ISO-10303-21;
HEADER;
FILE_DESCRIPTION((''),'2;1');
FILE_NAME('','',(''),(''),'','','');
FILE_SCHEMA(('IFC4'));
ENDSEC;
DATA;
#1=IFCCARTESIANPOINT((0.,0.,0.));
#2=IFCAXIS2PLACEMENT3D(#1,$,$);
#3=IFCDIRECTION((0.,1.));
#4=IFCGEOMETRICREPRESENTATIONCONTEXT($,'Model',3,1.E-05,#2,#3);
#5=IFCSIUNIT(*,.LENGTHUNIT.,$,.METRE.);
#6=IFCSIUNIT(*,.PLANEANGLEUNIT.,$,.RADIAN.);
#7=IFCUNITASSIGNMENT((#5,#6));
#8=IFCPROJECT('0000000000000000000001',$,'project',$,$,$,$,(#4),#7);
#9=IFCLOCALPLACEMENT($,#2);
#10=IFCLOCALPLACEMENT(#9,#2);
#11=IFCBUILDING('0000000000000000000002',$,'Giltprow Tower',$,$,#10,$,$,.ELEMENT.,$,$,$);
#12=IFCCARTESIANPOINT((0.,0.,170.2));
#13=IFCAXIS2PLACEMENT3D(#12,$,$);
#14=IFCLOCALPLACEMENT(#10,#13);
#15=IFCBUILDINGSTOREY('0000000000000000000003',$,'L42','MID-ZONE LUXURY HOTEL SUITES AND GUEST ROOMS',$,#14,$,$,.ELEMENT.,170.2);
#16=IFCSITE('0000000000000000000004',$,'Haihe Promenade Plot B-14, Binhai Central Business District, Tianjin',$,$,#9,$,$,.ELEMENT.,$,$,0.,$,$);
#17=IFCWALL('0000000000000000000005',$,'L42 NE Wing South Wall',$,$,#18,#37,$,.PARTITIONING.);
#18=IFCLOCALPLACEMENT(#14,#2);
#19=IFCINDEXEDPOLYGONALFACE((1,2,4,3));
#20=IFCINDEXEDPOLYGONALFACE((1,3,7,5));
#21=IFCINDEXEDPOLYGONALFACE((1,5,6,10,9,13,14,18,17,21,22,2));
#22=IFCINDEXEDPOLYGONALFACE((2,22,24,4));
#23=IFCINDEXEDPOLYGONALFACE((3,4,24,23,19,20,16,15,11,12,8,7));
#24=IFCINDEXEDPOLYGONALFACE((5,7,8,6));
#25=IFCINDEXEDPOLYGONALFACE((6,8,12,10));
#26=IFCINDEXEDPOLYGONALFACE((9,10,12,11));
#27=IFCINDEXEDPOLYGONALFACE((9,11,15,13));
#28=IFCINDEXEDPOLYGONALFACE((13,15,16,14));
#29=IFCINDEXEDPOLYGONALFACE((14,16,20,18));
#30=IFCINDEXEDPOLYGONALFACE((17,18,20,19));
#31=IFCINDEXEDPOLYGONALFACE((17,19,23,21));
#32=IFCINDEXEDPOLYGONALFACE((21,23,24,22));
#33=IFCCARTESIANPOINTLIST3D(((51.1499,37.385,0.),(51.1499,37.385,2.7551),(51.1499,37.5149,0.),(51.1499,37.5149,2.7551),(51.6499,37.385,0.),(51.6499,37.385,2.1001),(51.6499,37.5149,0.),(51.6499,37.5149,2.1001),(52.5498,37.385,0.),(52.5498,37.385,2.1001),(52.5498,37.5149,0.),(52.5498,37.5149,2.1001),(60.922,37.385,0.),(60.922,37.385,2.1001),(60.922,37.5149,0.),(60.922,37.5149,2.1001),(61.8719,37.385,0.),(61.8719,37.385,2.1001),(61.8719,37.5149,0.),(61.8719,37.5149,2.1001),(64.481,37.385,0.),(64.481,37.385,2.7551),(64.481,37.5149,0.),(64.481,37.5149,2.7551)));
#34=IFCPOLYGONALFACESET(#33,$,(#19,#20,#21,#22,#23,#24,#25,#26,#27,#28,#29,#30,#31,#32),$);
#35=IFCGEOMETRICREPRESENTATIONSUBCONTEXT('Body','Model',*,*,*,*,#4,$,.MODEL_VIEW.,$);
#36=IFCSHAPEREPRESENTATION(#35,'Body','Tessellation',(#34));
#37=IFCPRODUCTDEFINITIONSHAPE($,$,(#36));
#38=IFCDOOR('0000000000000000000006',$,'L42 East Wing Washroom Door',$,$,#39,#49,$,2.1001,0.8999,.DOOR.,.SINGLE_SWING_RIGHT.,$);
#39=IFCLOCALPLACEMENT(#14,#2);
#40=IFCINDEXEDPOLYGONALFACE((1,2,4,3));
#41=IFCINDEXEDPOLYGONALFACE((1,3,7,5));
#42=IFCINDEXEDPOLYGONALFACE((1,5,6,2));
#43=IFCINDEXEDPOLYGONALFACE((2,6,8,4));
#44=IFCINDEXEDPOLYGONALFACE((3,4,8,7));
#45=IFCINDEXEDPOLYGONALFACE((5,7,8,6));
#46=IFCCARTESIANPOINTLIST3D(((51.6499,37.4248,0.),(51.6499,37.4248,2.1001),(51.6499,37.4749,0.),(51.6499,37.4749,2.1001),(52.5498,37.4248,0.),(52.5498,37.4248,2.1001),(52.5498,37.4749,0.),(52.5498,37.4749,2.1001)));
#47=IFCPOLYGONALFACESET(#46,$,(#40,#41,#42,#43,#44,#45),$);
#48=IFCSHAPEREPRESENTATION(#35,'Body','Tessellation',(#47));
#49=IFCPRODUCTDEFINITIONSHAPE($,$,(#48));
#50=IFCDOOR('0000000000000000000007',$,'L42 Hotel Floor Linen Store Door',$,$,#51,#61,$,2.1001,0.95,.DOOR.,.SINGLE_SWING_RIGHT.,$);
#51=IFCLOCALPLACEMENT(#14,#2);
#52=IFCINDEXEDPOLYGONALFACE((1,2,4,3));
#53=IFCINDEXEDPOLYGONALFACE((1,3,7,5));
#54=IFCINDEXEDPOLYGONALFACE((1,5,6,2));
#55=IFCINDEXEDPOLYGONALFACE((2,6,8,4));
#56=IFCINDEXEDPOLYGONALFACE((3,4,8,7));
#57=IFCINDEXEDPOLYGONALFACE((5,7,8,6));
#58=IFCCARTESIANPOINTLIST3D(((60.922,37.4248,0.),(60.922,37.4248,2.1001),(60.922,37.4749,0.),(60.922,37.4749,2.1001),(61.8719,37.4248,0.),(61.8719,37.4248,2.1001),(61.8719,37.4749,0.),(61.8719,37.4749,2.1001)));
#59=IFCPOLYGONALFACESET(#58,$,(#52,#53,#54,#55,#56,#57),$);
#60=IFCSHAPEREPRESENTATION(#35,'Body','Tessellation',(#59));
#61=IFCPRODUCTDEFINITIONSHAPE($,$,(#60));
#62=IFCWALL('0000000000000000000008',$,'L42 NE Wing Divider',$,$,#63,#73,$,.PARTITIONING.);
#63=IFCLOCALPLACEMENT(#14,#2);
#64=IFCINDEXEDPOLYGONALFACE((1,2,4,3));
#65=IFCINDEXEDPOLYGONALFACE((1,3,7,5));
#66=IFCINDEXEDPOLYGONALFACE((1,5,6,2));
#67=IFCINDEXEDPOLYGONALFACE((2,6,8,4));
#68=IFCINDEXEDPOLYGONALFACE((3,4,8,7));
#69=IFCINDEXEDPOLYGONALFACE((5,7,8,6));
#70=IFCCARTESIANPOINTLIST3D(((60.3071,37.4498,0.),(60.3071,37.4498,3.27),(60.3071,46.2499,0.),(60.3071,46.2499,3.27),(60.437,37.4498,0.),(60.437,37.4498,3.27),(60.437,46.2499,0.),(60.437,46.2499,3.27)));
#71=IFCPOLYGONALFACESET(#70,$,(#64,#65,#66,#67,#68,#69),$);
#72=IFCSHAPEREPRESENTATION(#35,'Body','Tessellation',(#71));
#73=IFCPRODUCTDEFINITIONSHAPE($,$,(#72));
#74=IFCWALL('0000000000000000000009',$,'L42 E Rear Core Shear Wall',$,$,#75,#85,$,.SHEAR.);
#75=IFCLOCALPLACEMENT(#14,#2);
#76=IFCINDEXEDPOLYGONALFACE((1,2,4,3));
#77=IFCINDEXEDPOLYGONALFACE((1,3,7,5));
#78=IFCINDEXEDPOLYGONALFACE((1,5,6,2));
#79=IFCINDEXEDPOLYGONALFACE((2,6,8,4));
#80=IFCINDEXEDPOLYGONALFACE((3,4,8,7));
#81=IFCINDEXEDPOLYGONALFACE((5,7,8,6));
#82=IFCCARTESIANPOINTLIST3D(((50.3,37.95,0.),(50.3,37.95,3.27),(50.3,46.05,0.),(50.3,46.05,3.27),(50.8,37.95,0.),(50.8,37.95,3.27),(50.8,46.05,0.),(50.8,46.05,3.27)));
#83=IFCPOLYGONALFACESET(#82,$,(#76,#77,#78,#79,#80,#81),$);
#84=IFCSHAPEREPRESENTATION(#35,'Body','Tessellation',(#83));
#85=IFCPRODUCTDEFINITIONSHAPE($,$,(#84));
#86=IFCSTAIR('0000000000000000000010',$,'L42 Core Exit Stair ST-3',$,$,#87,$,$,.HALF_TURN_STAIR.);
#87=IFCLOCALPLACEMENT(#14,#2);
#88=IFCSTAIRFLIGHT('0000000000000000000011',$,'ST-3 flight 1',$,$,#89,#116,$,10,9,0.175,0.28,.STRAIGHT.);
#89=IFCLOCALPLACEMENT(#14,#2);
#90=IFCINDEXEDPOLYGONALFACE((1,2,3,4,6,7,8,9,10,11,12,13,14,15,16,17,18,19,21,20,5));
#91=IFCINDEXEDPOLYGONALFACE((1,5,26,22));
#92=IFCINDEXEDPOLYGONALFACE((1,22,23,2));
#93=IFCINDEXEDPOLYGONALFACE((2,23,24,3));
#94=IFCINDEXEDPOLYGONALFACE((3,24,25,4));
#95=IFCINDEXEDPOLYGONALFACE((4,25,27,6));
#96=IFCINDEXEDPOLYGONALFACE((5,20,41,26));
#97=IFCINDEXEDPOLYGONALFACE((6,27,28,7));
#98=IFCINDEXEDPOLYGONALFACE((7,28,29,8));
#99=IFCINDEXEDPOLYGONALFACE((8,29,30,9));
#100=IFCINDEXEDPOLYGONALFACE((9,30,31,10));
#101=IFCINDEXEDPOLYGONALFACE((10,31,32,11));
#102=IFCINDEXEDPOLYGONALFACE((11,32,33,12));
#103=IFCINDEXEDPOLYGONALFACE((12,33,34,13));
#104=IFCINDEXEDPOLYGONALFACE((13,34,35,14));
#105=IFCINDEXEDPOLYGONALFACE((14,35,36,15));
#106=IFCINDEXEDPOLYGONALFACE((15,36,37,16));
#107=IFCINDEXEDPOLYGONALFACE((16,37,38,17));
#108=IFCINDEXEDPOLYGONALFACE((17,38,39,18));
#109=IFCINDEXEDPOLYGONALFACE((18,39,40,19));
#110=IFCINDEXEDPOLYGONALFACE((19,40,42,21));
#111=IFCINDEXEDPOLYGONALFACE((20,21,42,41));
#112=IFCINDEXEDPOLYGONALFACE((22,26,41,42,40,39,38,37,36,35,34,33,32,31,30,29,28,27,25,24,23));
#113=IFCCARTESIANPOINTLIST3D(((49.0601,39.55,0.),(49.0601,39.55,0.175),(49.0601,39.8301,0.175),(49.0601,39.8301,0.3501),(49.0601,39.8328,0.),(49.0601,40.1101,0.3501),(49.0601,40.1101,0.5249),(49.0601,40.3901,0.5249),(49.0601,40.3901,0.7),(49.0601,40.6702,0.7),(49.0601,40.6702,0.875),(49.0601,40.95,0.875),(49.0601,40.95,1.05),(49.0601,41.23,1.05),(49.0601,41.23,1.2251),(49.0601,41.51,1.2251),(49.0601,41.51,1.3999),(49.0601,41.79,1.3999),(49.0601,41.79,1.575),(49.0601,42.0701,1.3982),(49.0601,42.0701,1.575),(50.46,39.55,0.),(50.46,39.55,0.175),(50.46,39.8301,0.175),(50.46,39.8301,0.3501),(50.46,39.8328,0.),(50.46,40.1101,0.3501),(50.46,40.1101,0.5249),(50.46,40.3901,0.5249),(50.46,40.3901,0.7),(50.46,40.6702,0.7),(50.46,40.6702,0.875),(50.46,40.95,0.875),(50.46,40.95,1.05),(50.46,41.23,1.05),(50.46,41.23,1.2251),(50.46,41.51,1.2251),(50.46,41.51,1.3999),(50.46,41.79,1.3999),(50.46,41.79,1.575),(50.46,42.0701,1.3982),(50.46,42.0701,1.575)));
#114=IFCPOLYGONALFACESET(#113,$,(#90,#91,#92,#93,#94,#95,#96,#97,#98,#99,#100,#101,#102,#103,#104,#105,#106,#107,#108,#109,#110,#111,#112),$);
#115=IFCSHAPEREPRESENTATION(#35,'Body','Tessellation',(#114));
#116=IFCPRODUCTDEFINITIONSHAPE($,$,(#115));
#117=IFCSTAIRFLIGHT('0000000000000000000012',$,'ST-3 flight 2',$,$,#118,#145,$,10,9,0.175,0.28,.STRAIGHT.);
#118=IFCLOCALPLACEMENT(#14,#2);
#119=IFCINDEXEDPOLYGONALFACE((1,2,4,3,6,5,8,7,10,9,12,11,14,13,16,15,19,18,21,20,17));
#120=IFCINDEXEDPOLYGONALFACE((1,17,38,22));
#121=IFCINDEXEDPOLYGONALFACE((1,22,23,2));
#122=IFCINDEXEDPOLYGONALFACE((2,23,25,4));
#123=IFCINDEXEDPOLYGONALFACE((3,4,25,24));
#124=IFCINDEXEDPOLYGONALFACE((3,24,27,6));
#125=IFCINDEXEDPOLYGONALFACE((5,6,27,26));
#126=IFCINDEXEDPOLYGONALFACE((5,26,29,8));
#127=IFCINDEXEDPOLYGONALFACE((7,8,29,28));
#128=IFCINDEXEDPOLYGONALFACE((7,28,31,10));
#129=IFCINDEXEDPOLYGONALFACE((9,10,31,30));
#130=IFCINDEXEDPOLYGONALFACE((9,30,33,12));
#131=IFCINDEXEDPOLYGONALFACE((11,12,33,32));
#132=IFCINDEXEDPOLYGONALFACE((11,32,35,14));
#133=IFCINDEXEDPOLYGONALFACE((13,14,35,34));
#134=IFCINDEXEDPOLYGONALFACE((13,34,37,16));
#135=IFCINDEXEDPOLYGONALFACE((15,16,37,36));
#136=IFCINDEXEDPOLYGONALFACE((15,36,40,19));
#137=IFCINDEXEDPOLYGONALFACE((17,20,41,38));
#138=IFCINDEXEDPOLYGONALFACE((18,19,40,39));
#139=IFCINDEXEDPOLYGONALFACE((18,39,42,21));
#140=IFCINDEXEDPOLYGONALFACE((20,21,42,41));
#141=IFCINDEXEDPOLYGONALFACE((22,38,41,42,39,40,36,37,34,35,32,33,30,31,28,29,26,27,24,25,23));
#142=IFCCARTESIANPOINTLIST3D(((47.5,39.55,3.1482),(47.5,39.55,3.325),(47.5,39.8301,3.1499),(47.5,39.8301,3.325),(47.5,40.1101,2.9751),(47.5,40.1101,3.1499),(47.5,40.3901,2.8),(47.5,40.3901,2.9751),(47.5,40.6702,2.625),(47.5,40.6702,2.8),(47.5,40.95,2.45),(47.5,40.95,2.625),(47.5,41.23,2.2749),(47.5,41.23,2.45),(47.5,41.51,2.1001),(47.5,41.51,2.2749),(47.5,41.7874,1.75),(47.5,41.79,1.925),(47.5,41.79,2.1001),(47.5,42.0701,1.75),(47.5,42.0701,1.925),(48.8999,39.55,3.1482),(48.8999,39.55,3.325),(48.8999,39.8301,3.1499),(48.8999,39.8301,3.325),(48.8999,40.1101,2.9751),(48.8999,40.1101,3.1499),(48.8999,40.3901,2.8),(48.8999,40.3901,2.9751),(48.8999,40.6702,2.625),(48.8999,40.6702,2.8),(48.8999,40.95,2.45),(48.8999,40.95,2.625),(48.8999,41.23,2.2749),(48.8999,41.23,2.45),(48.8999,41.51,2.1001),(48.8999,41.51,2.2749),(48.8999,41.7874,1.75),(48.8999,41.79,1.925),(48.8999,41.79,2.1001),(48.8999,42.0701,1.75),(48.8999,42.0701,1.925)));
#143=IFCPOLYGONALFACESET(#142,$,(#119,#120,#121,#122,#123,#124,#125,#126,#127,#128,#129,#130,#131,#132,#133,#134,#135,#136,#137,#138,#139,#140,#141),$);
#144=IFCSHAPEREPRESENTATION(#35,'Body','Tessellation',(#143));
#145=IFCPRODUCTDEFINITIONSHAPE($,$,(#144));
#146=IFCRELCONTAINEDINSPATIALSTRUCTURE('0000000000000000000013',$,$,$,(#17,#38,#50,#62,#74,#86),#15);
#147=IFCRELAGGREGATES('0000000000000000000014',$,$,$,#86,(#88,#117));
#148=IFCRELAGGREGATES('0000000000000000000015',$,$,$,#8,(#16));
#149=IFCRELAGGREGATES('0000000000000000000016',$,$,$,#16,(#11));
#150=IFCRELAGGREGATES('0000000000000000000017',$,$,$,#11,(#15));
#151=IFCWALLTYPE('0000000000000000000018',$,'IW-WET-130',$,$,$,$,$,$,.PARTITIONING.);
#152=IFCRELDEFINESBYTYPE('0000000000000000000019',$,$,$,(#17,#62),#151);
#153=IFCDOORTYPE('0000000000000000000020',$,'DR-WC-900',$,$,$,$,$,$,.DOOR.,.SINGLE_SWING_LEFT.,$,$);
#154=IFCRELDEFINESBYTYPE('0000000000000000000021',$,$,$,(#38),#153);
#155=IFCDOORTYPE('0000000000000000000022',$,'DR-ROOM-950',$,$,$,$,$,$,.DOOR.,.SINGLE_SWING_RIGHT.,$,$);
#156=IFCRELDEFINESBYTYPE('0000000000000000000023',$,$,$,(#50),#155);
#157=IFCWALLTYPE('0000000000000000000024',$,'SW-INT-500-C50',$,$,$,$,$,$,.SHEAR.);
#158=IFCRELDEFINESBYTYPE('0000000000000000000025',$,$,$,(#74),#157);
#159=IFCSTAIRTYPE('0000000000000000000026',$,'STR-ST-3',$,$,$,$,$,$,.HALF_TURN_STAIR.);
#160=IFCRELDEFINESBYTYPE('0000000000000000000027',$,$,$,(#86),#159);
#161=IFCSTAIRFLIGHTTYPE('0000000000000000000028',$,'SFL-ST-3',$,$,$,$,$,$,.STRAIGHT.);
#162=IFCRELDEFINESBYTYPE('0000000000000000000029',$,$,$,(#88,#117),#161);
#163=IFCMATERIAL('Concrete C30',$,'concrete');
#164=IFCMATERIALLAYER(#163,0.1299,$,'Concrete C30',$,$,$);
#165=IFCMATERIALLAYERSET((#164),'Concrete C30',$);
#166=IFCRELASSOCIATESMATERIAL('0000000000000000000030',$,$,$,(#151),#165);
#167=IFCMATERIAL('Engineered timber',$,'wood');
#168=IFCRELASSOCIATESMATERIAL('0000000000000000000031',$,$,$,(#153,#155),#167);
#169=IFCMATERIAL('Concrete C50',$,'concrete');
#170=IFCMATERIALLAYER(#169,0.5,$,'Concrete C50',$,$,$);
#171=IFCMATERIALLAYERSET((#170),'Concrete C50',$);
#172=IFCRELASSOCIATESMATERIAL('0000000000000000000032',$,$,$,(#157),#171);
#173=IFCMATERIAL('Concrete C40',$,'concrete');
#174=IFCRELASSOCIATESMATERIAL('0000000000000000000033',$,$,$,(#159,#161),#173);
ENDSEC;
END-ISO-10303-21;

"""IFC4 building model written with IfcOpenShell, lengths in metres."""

from ifc_helpers import new_model, si_unit, direction, frame, frame_2d, origin, place, context, subcontext, project, spatial, polyline, rectangle, outline, extrude, source, transform, mapped, material, layer, layer_set, type_object, element, fill, aggregate, save


model = new_model("IFC4")

# Units and contexts
model_context = context("Model", 3, precision=1e-05, world=origin(), true_north=direction((0.0, 1.0)))
body_context = subcontext(model_context, "Body", "Model", "MODEL_VIEW")
ifc_project = project(units=[si_unit("LENGTHUNIT", "METRE"), si_unit("PLANEANGLEUNIT", "RADIAN")], contexts=[model_context])

# Site, building, storey
site_placement = place(None, origin())
site = spatial("IfcSite", under=ifc_project, at=site_placement, Name="Haihe Promenade Plot B-14, Binhai Central Business District, Tianjin", CompositionType="ELEMENT", RefElevation=0.0)
building_placement = place(site_placement, origin())
building = spatial("IfcBuilding", under=site, at=building_placement, Name="Giltprow Tower", CompositionType="ELEMENT")
storey_placement = place(building_placement, frame((0.0, 0.0, 170.2)))
storey = spatial("IfcBuildingStorey", under=building, at=storey_placement, Name="L42", Description="MID-ZONE LUXURY HOTEL SUITES AND GUEST ROOMS", CompositionType="ELEMENT", Elevation=170.2)

# Shared definitions
ifc_material_1 = material(Name="Concrete C50", Category="concrete")

# Shared definitions
ifc_material_2 = material(Name="Concrete C40", Category="concrete")

# Wall, openings, doors
ifc_material_3 = material(Name="Concrete C30", Category="concrete")
ifc_layer_1 = layer(ifc_material_3, 0.1299, Name="Concrete C30")
ifc_layer_set_1 = layer_set([ifc_layer_1], Name="Concrete C30")
wall_type_1 = type_object("IfcWallType", Name="IW-WET-130", PredefinedType="PARTITIONING", material=ifc_layer_set_1)
wall_1_placement = place(storey_placement, frame((51.1499, 37.45, 0.0), z_axis=(0.0, 0.0, 1.0), x_axis=(1.0, 0.0, 0.0)))
wall_1 = element("IfcWall", 1, at=wall_1_placement, inside=storey, type_object=wall_type_1, Name="L42 NE Wing South Wall", PredefinedType="PARTITIONING", context=body_context, shape_type="SweptSolid", body=[
    extrude(rectangle(XDim=13.3311, YDim=0.1299, at=frame_2d((6.6655, 0.0))), origin(), (0.0, 0.0, 1.0), 2.7551),
])
opening_1_placement = place(wall_1_placement, frame((0.5, 0.0, 0.0)))
opening_1 = element("IfcOpeningElement", 2, at=opening_1_placement, cuts=wall_1, PredefinedType="OPENING", context=body_context, shape_type="SweptSolid", body=[
    extrude(rectangle(XDim=0.8999, YDim=2.1001, at=frame_2d((0.45, 1.05))), frame((0.0, 0.075, 0.0), z_axis=(0.0, -1.0, 0.0), x_axis=(1.0, 0.0, 0.0)), (0.0, 0.0, 1.0), 0.1499),
])
opening_2_placement = place(wall_1_placement, frame((9.772, 0.0, 0.0)))
opening_2 = element("IfcOpeningElement", 3, at=opening_2_placement, cuts=wall_1, PredefinedType="OPENING", context=body_context, shape_type="SweptSolid", body=[
    extrude(rectangle(XDim=0.95, YDim=2.1001, at=frame_2d((0.4751, 1.05))), frame((0.0, 0.075, 0.0), z_axis=(0.0, -1.0, 0.0), x_axis=(1.0, 0.0, 0.0)), (0.0, 0.0, 1.0), 0.1499),
])
ifc_material_4 = material(Name="Engineered timber", Category="wood")
door_type_1 = type_object("IfcDoorType", Name="DR-WC-900", OperationType="SINGLE_SWING_LEFT", PredefinedType="DOOR", material=ifc_material_4)
shared_shape_1 = source(origin(), body_context, "Body", "SweptSolid", [
    extrude(rectangle(XDim=0.8999, YDim=2.1001, at=frame_2d((0.45, 1.05))), frame((0.0, 0.0249, 0.0), z_axis=(0.0, -1.0, 0.0), x_axis=(1.0, 0.0, 0.0)), (0.0, 0.0, 1.0), 0.05),
])
door_1_placement = place(opening_1_placement, origin())
door_1 = element("IfcDoor", 4, at=door_1_placement, inside=storey, type_object=door_type_1, Name="L42 East Wing Washroom Door", OperationType="SINGLE_SWING_RIGHT", OverallHeight=2.1001, OverallWidth=0.8999, PredefinedType="DOOR", context=body_context, shape_type="MappedRepresentation", body=[
    mapped(shared_shape_1, transform((0.0, 0.0, 0.0), x_axis=(1.0, 0.0, 0.0), y_axis=(0.0, 1.0, 0.0), z_axis=(0.0, 0.0, 1.0), scale=1.0)),
])
fill(opening_1, door_1)
door_type_2 = type_object("IfcDoorType", Name="DR-ROOM-950", OperationType="SINGLE_SWING_RIGHT", PredefinedType="DOOR", material=ifc_material_4)
shared_shape_2 = source(origin(), body_context, "Body", "SweptSolid", [
    extrude(rectangle(XDim=0.95, YDim=2.1001, at=frame_2d((0.4751, 1.05))), frame((0.0, 0.0249, 0.0), z_axis=(0.0, -1.0, 0.0), x_axis=(1.0, 0.0, 0.0)), (0.0, 0.0, 1.0), 0.05),
])
door_2_placement = place(opening_2_placement, origin())
door_2 = element("IfcDoor", 5, at=door_2_placement, inside=storey, type_object=door_type_2, Name="L42 Hotel Floor Linen Store Door", OperationType="SINGLE_SWING_RIGHT", OverallHeight=2.1001, OverallWidth=0.95, PredefinedType="DOOR", context=body_context, shape_type="MappedRepresentation", body=[
    mapped(shared_shape_2, transform((0.0, 0.0, 0.0), x_axis=(1.0, 0.0, 0.0), y_axis=(0.0, 1.0, 0.0), z_axis=(0.0, 0.0, 1.0), scale=1.0)),
])
fill(opening_2, door_2)

# Walls
wall_2_placement = place(storey_placement, frame((60.3721, 37.45, 0.0), z_axis=(0.0, 0.0, 1.0), x_axis=(0.0, 1.0, 0.0)))
element("IfcWall", 6, at=wall_2_placement, inside=storey, type_object=wall_type_1, Name="L42 NE Wing Divider", PredefinedType="PARTITIONING", context=body_context, shape_type="SweptSolid", body=[
    extrude(rectangle(XDim=8.8, YDim=0.1299, at=frame_2d((4.3999, 0.0))), origin(), (0.0, 0.0, 1.0), 3.27),
])
ifc_layer_2 = layer(ifc_material_1, 0.5, Name="Concrete C50")
ifc_layer_set_2 = layer_set([ifc_layer_2], Name="Concrete C50")
wall_type_2 = type_object("IfcWallType", Name="SW-INT-500-C50", PredefinedType="SHEAR", material=ifc_layer_set_2)
wall_3_placement = place(storey_placement, frame((50.55, 37.95, 0.0), z_axis=(0.0, 0.0, 1.0), x_axis=(0.0, 1.0, 0.0)))
element("IfcWall", 7, at=wall_3_placement, inside=storey, type_object=wall_type_2, Name="L42 E Rear Core Shear Wall", PredefinedType="SHEAR", context=body_context, shape_type="SweptSolid", body=[
    extrude(rectangle(XDim=8.1001, YDim=0.5, at=frame_2d((4.05, 0.0))), origin(), (0.0, 0.0, 1.0), 3.27),
])

# Stair, stair flights
stair_type = type_object("IfcStairType", Name="STR-ST-3", PredefinedType="HALF_TURN_STAIR", material=ifc_material_2)
stair_placement = place(storey_placement, origin())
stair = element("IfcStair", 8, at=stair_placement, inside=storey, type_object=stair_type, Name="L42 Core Exit Stair ST-3", PredefinedType="HALF_TURN_STAIR")
stair_flight_type = type_object("IfcStairFlightType", Name="SFL-ST-3", PredefinedType="STRAIGHT", material=ifc_material_2)
stair_flight_1_placement = place(storey_placement, frame((49.76, 39.55, 0.0), z_axis=(0.0, 0.0, 1.0), x_axis=(0.0, 1.0, 0.0)))
stair_flight_1 = element("IfcStairFlight", 9, at=stair_flight_1_placement, type_object=stair_flight_type, Name="ST-3 flight 1", NumberOfRisers=10, NumberOfTreads=9, PredefinedType="STRAIGHT", RiserHeight=0.175, TreadLength=0.28, context=body_context, shape_type="SweptSolid", body=[
    extrude(outline(polyline([(0.0, 0.0), (0.0, 0.175), (0.28, 0.175), (0.28, 0.3501), (0.5601, 0.3501), (0.5601, 0.5249), (0.8401, 0.5249), (0.8401, 0.7), (1.1201, 0.7), (1.1201, 0.875), (1.3999, 0.875), (1.3999, 1.05), (1.6799, 1.05), (1.6799, 1.2251), (1.96, 1.2251), (1.96, 1.3999), (2.24, 1.3999), (2.24, 1.575), (2.52, 1.575), (2.52, 1.75), (2.52, 1.3982), (0.2827, 0.0), (0.0, 0.0)])), frame((0.0, 0.7, 0.0), z_axis=(0.0, -1.0, 0.0), x_axis=(1.0, 0.0, 0.0)), (0.0, 0.0, 1.0), 1.3999),
])
stair_flight_2_placement = place(storey_placement, frame((48.2, 42.0701, 1.75), z_axis=(0.0, 0.0, 1.0), x_axis=(0.0, -1.0, 0.0)))
stair_flight_2 = element("IfcStairFlight", 10, at=stair_flight_2_placement, type_object=stair_flight_type, Name="ST-3 flight 2", NumberOfRisers=10, NumberOfTreads=9, PredefinedType="STRAIGHT", RiserHeight=0.175, TreadLength=0.28, context=body_context, shape_type="SweptSolid", body=[
    extrude(outline(polyline([(0.0, 0.0), (0.0, 0.175), (0.28, 0.175), (0.28, 0.3501), (0.5601, 0.3501), (0.5601, 0.5249), (0.8401, 0.5249), (0.8401, 0.7), (1.1201, 0.7), (1.1201, 0.875), (1.3999, 0.875), (1.3999, 1.05), (1.6799, 1.05), (1.6799, 1.2251), (1.96, 1.2251), (1.96, 1.3999), (2.24, 1.3999), (2.24, 1.575), (2.52, 1.575), (2.52, 1.75), (2.52, 1.3982), (0.2827, 0.0), (0.0, 0.0)])), frame((0.0, 0.7, 0.0), z_axis=(0.0, -1.0, 0.0), x_axis=(1.0, 0.0, 0.0)), (0.0, 0.0, 1.0), 1.3999),
])
aggregate(stair, [stair_flight_1, stair_flight_2])

save(model, "model.ifc")
